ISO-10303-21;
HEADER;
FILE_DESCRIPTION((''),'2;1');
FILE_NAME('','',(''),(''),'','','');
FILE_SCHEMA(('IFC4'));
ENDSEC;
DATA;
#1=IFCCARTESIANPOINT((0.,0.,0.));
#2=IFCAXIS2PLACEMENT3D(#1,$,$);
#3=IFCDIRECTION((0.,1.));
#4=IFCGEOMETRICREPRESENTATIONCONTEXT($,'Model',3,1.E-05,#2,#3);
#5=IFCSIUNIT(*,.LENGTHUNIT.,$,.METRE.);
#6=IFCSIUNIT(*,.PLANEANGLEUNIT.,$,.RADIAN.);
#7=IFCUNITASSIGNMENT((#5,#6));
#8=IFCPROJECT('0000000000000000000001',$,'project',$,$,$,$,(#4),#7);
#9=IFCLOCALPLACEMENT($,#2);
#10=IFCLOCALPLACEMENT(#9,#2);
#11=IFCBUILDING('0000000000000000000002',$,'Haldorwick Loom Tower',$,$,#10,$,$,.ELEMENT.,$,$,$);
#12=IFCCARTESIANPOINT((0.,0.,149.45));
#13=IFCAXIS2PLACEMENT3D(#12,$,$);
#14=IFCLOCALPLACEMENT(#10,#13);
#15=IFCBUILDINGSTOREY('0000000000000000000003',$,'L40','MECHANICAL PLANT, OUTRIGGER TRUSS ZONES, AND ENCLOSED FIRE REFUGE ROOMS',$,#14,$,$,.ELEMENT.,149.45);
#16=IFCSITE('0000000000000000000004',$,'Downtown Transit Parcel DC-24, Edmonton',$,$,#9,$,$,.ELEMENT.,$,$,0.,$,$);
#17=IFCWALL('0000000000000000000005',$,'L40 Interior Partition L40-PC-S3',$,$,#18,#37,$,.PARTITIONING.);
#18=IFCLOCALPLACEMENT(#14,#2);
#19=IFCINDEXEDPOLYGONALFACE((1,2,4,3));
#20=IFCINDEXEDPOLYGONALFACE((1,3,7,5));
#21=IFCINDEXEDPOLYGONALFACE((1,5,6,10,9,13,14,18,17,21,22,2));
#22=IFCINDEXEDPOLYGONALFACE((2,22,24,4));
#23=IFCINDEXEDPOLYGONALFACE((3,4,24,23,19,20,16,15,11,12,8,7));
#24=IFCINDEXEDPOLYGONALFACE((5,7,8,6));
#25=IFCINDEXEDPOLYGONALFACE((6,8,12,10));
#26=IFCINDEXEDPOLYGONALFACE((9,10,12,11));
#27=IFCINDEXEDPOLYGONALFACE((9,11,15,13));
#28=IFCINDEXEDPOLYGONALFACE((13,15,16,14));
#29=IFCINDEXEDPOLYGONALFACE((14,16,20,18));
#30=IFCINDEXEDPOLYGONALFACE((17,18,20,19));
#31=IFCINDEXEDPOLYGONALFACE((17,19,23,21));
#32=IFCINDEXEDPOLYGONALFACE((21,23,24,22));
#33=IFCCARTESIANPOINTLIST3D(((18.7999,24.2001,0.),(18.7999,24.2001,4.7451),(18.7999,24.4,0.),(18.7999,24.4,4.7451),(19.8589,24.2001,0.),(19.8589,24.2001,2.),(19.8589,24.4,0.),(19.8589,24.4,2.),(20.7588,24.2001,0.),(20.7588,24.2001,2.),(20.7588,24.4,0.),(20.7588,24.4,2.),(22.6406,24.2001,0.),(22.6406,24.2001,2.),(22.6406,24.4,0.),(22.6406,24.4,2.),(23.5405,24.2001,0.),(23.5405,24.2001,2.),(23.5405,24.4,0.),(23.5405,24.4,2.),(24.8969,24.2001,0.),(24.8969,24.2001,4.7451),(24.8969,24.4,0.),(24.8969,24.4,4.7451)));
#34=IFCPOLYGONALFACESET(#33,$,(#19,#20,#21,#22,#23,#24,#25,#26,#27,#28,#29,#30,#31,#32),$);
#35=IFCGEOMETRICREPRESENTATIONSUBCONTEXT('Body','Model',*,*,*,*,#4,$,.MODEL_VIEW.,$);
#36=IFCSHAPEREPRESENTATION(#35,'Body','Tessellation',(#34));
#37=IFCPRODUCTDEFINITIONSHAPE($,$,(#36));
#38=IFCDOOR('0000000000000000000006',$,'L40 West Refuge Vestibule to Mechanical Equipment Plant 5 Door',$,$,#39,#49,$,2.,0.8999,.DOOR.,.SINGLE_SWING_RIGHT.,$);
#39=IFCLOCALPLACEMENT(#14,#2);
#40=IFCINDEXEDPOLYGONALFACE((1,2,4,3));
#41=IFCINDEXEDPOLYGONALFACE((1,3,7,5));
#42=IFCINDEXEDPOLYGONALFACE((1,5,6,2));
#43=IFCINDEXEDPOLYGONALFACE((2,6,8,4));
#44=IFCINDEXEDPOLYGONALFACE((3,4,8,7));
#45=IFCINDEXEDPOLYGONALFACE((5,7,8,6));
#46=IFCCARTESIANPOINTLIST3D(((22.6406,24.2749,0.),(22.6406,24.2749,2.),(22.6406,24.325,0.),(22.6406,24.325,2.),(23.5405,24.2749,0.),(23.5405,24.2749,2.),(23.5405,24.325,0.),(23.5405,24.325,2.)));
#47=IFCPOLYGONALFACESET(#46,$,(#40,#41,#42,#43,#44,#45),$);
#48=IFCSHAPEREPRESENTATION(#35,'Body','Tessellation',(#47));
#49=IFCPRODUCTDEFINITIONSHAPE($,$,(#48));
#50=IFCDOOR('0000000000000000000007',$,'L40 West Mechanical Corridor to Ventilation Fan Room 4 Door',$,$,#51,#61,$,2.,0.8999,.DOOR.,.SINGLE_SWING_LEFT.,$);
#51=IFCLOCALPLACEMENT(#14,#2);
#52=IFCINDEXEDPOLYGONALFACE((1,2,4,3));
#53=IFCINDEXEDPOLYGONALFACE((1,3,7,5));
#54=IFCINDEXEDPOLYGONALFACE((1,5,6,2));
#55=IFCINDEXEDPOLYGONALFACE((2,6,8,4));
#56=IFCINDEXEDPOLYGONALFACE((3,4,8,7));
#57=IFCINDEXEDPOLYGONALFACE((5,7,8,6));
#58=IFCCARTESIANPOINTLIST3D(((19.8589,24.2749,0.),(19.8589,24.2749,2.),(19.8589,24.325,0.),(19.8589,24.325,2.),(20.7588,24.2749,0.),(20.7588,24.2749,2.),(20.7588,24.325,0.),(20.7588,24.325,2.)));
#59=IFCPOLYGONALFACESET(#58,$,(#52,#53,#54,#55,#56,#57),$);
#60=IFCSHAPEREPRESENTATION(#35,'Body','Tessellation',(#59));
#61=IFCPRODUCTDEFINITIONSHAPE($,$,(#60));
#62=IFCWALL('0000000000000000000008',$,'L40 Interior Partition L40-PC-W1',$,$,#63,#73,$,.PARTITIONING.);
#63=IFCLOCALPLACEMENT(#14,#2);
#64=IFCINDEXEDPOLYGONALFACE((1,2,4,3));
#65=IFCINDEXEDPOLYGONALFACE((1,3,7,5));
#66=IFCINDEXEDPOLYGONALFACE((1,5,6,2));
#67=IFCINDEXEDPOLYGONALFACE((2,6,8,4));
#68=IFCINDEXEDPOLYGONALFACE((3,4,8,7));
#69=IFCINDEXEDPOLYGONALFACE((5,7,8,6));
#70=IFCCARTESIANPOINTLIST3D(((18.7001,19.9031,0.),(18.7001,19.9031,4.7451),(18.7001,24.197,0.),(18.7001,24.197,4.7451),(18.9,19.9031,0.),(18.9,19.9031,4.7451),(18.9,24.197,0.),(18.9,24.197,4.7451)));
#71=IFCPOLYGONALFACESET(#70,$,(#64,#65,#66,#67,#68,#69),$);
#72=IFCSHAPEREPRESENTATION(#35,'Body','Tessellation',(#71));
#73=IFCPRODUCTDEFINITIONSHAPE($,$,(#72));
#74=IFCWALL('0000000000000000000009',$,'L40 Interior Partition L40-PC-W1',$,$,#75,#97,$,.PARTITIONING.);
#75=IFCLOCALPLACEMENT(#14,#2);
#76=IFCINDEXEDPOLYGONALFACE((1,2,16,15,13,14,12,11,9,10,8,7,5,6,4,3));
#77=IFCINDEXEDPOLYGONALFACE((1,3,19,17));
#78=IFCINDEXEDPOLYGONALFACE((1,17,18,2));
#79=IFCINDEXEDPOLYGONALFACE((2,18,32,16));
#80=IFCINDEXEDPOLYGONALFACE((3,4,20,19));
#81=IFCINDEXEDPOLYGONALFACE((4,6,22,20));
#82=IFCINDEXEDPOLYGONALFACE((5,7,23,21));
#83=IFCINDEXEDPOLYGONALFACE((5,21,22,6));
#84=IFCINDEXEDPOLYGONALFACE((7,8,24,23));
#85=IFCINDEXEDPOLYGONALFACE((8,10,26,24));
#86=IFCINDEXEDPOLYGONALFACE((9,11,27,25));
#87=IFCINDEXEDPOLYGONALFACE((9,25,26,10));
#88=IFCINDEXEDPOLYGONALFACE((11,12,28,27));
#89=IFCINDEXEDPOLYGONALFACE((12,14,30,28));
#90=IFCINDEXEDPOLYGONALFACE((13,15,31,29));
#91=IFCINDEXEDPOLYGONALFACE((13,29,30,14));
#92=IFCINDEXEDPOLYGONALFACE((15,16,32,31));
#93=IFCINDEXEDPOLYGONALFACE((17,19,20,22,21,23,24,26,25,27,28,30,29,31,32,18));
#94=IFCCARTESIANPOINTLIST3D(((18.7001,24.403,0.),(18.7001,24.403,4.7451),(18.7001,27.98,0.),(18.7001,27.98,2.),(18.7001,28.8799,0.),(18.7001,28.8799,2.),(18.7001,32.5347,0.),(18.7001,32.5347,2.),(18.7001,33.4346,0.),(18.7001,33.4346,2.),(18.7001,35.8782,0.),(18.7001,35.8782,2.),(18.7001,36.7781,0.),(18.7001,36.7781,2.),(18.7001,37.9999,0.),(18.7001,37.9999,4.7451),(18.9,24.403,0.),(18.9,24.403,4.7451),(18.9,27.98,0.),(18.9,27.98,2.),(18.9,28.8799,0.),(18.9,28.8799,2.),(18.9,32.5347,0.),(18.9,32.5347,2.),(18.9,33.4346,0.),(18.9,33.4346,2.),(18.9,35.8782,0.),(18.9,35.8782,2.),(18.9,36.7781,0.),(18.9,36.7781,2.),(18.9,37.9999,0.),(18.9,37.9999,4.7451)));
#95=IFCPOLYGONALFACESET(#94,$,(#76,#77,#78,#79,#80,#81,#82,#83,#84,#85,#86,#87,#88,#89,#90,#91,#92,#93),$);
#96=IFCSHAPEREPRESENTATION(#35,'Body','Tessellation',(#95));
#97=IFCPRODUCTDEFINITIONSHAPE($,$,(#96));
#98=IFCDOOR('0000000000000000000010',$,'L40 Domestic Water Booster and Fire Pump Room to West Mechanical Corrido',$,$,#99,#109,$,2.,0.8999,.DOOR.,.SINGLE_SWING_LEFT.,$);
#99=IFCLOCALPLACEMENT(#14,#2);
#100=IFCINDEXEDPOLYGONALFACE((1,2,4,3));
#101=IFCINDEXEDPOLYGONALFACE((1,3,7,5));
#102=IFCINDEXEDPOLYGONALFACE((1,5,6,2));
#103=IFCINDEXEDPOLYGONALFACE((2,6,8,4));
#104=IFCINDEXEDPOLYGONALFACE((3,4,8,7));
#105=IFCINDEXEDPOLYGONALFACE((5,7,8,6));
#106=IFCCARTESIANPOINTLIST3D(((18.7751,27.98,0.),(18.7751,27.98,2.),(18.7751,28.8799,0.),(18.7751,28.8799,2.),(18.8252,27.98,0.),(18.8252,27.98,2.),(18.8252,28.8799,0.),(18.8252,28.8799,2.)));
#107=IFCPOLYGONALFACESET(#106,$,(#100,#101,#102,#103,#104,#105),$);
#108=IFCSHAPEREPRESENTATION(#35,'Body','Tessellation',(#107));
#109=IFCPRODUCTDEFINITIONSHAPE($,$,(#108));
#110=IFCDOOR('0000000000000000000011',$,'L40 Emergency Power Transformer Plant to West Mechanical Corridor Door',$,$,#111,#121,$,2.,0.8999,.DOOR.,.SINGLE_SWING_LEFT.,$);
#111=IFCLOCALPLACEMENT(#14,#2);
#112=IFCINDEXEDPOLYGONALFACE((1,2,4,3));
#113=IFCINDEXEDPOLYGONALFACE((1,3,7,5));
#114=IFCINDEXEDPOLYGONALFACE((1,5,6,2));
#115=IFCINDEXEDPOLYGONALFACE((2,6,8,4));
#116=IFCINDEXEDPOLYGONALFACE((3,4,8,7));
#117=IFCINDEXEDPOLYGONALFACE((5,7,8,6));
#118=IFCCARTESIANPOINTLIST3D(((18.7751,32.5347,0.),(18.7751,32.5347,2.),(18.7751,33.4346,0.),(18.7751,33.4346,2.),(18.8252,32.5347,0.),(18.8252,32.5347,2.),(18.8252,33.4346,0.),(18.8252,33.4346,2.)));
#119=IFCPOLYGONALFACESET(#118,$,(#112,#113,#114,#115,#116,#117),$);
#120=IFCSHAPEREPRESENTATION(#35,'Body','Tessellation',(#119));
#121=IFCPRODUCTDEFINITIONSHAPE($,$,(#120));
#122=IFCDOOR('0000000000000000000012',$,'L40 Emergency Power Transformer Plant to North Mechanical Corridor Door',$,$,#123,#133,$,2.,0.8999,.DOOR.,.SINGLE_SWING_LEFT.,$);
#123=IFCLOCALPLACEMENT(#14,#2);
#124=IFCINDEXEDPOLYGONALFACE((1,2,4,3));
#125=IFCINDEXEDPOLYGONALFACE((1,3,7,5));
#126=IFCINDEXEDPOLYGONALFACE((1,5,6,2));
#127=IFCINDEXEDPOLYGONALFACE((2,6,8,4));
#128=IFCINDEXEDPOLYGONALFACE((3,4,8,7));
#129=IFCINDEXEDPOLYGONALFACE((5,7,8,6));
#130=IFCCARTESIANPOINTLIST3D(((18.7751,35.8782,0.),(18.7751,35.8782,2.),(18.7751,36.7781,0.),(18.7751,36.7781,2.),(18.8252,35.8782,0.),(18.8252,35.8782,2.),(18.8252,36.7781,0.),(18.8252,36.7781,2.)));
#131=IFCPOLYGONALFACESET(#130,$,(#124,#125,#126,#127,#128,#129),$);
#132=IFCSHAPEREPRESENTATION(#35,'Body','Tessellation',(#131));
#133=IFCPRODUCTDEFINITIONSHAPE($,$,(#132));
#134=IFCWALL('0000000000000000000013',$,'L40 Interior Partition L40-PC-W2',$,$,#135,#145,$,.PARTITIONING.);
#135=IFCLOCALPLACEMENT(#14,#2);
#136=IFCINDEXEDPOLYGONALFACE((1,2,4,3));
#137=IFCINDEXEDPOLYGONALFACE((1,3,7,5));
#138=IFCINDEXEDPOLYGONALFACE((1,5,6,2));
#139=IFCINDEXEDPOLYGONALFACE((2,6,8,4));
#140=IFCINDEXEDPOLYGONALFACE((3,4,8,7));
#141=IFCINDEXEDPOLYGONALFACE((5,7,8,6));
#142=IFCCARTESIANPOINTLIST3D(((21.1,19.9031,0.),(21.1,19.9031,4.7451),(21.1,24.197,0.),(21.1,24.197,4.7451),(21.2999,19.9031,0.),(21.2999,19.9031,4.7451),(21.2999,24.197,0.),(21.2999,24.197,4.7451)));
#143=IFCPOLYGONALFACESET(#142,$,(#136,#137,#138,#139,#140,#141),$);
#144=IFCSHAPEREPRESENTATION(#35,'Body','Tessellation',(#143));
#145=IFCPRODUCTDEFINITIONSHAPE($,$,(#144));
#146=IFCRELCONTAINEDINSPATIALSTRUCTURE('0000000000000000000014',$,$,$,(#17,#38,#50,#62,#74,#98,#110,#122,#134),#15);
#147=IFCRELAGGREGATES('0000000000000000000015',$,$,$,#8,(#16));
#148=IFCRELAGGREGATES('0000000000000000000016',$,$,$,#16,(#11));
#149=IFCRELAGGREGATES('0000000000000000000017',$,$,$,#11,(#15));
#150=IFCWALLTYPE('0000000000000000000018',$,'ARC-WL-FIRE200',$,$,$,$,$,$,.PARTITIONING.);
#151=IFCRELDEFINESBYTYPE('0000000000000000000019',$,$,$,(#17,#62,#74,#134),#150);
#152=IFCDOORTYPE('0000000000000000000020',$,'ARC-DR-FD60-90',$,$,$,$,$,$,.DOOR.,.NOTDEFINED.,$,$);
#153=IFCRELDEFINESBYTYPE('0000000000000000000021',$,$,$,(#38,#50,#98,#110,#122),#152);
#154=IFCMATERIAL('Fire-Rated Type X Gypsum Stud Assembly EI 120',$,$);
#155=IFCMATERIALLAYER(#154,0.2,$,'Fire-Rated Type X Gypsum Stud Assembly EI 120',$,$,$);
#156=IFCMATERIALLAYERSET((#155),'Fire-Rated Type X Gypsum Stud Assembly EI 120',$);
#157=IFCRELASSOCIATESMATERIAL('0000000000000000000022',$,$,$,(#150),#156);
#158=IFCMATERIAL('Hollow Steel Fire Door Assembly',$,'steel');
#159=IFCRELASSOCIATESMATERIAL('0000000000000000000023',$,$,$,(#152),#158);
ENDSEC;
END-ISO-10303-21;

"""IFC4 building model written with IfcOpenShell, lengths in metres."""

from ifc_helpers import new_model, si_unit, direction, frame, frame_2d, origin, place, context, subcontext, project, spatial, rectangle, extrude, material, layer, layer_set, type_object, element, fill, save


model = new_model("IFC4")

# Units and contexts
model_context = context("Model", 3, precision=1e-05, world=origin(), true_north=direction((0.0, 1.0)))
body_context = subcontext(model_context, "Body", "Model", "MODEL_VIEW")
ifc_project = project(units=[si_unit("LENGTHUNIT", "METRE"), si_unit("PLANEANGLEUNIT", "RADIAN")], contexts=[model_context])

# Site, building, storey
site_placement = place(None, origin())
site = spatial("IfcSite", under=ifc_project, at=site_placement, Name="Downtown Transit Parcel DC-24, Edmonton", CompositionType="ELEMENT", RefElevation=0.0)
building_placement = place(site_placement, origin())
building = spatial("IfcBuilding", under=site, at=building_placement, Name="Haldorwick Loom Tower", CompositionType="ELEMENT")
storey_placement = place(building_placement, frame((0.0, 0.0, 149.45)))
storey = spatial("IfcBuildingStorey", under=building, at=storey_placement, Name="L40", Description="MECHANICAL PLANT, OUTRIGGER TRUSS ZONES, AND ENCLOSED FIRE REFUGE ROOMS", CompositionType="ELEMENT", Elevation=149.45)

# Wall, openings, doors
ifc_material_1 = material(Name="Fire-Rated Type X Gypsum Stud Assembly EI 120")
ifc_layer_1 = layer(ifc_material_1, 0.2, Name="Fire-Rated Type X Gypsum Stud Assembly EI 120")
ifc_layer_set_1 = layer_set([ifc_layer_1], Name="Fire-Rated Type X Gypsum Stud Assembly EI 120")
wall_type_1 = type_object("IfcWallType", Name="ARC-WL-FIRE200", PredefinedType="PARTITIONING", material=ifc_layer_set_1)
wall_1_placement = place(storey_placement, frame((18.8, 24.3, 0.0), z_axis=(0.0, 0.0, 1.0), x_axis=(1.0, 0.0, 0.0)))
wall_1 = element("IfcWall", 1, at=wall_1_placement, inside=storey, type_object=wall_type_1, Name="L40 Interior Partition L40-PC-S3", PredefinedType="PARTITIONING", context=body_context, shape_type="SweptSolid", body=[
    extrude(rectangle(XDim=6.0969, YDim=0.2, at=frame_2d((3.0483, 0.0))), origin(), (0.0, 0.0, 1.0), 4.7451),
])
opening_1_placement = place(wall_1_placement, frame((3.8406, 0.0, 0.0)))
opening_1 = element("IfcOpeningElement", 2, at=opening_1_placement, cuts=wall_1, PredefinedType="OPENING", context=body_context, shape_type="SweptSolid", body=[
    extrude(rectangle(XDim=0.8999, YDim=2.0, at=frame_2d((0.45, 1.0))), frame((0.0, 0.1099, 0.0), z_axis=(0.0, -1.0, 0.0), x_axis=(1.0, 0.0, 0.0)), (0.0, 0.0, 1.0), 0.22),
])
opening_2_placement = place(wall_1_placement, frame((1.0588, 0.0, 0.0)))
opening_2 = element("IfcOpeningElement", 3, at=opening_2_placement, cuts=wall_1, PredefinedType="OPENING", context=body_context, shape_type="SweptSolid", body=[
    extrude(rectangle(XDim=0.8999, YDim=2.0, at=frame_2d((0.45, 1.0))), frame((0.0, 0.1099, 0.0), z_axis=(0.0, -1.0, 0.0), x_axis=(1.0, 0.0, 0.0)), (0.0, 0.0, 1.0), 0.22),
])
ifc_material_2 = material(Name="Hollow Steel Fire Door Assembly", Category="steel")
door_type_1 = type_object("IfcDoorType", Name="ARC-DR-FD60-90", OperationType="NOTDEFINED", PredefinedType="DOOR", material=ifc_material_2)
door_1_placement = place(opening_1_placement, origin())
door_1 = element("IfcDoor", 4, at=door_1_placement, inside=storey, type_object=door_type_1, Name="L40 West Refuge Vestibule to Mechanical Equipment Plant 5 Door", OperationType="SINGLE_SWING_RIGHT", OverallHeight=2.0, OverallWidth=0.8999, PredefinedType="DOOR", context=body_context, shape_type="SweptSolid", body=[
    extrude(rectangle(XDim=0.8999, YDim=2.0, at=frame_2d((0.45, 1.0))), frame((0.0, 0.0249, 0.0), z_axis=(0.0, -1.0, 0.0), x_axis=(1.0, 0.0, 0.0)), (0.0, 0.0, 1.0), 0.05),
])
fill(opening_1, door_1)
door_2_placement = place(opening_2_placement, origin())
door_2 = element("IfcDoor", 5, at=door_2_placement, inside=storey, type_object=door_type_1, Name="L40 West Mechanical Corridor to Ventilation Fan Room 4 Door", OperationType="SINGLE_SWING_LEFT", OverallHeight=2.0, OverallWidth=0.8999, PredefinedType="DOOR", context=body_context, shape_type="SweptSolid", body=[
    extrude(rectangle(XDim=0.8999, YDim=2.0, at=frame_2d((0.45, 1.0))), frame((0.0, 0.0249, 0.0), z_axis=(0.0, -1.0, 0.0), x_axis=(1.0, 0.0, 0.0)), (0.0, 0.0, 1.0), 0.05),
])
fill(opening_2, door_2)

# Wall
wall_2_placement = place(storey_placement, frame((18.8, 19.9031, 0.0), z_axis=(0.0, 0.0, 1.0), x_axis=(0.0, 1.0, 0.0)))
element("IfcWall", 6, at=wall_2_placement, inside=storey, type_object=wall_type_1, Name="L40 Interior Partition L40-PC-W1", PredefinedType="PARTITIONING", context=body_context, shape_type="SweptSolid", body=[
    extrude(rectangle(XDim=4.2939, YDim=0.2, at=frame_2d((2.147, 0.0))), origin(), (0.0, 0.0, 1.0), 4.7451),
])

# Wall, openings, doors
wall_3_placement = place(storey_placement, frame((18.8, 24.4031, 0.0), z_axis=(0.0, 0.0, 1.0), x_axis=(0.0, 1.0, 0.0)))
wall_3 = element("IfcWall", 7, at=wall_3_placement, inside=storey, type_object=wall_type_1, Name="L40 Interior Partition L40-PC-W1", PredefinedType="PARTITIONING", context=body_context, shape_type="SweptSolid", body=[
    extrude(rectangle(XDim=13.5969, YDim=0.2, at=frame_2d((6.7983, 0.0))), origin(), (0.0, 0.0, 1.0), 4.7451),
])
opening_3_placement = place(wall_3_placement, frame((3.5769, 0.0, 0.0)))
opening_3 = element("IfcOpeningElement", 8, at=opening_3_placement, cuts=wall_3, PredefinedType="OPENING", context=body_context, shape_type="SweptSolid", body=[
    extrude(rectangle(XDim=0.8999, YDim=2.0, at=frame_2d((0.45, 1.0))), frame((0.0, 0.1099, 0.0), z_axis=(0.0, -1.0, 0.0), x_axis=(1.0, 0.0, 0.0)), (0.0, 0.0, 1.0), 0.22),
])
opening_4_placement = place(wall_3_placement, frame((8.1316, 0.0, 0.0)))
opening_4 = element("IfcOpeningElement", 9, at=opening_4_placement, cuts=wall_3, PredefinedType="OPENING", context=body_context, shape_type="SweptSolid", body=[
    extrude(rectangle(XDim=0.8999, YDim=2.0, at=frame_2d((0.45, 1.0))), frame((0.0, 0.1099, 0.0), z_axis=(0.0, -1.0, 0.0), x_axis=(1.0, 0.0, 0.0)), (0.0, 0.0, 1.0), 0.22),
])
opening_5_placement = place(wall_3_placement, frame((11.4751, 0.0, 0.0)))
opening_5 = element("IfcOpeningElement", 10, at=opening_5_placement, cuts=wall_3, PredefinedType="OPENING", context=body_context, shape_type="SweptSolid", body=[
    extrude(rectangle(XDim=0.8999, YDim=2.0, at=frame_2d((0.45, 1.0))), frame((0.0, 0.1099, 0.0), z_axis=(0.0, -1.0, 0.0), x_axis=(1.0, 0.0, 0.0)), (0.0, 0.0, 1.0), 0.22),
])
door_3_placement = place(opening_3_placement, origin())
door_3 = element("IfcDoor", 11, at=door_3_placement, inside=storey, type_object=door_type_1, Name="L40 Domestic Water Booster and Fire Pump Room to West Mechanical Corrido", OperationType="SINGLE_SWING_LEFT", OverallHeight=2.0, OverallWidth=0.8999, PredefinedType="DOOR", context=body_context, shape_type="SweptSolid", body=[
    extrude(rectangle(XDim=0.8999, YDim=2.0, at=frame_2d((0.45, 1.0))), frame((0.0, 0.0249, 0.0), z_axis=(0.0, -1.0, 0.0), x_axis=(1.0, 0.0, 0.0)), (0.0, 0.0, 1.0), 0.05),
])
fill(opening_3, door_3)
door_4_placement = place(opening_4_placement, origin())
door_4 = element("IfcDoor", 12, at=door_4_placement, inside=storey, type_object=door_type_1, Name="L40 Emergency Power Transformer Plant to West Mechanical Corridor Door", OperationType="SINGLE_SWING_LEFT", OverallHeight=2.0, OverallWidth=0.8999, PredefinedType="DOOR", context=body_context, shape_type="SweptSolid", body=[
    extrude(rectangle(XDim=0.8999, YDim=2.0, at=frame_2d((0.45, 1.0))), frame((0.0, 0.0249, 0.0), z_axis=(0.0, -1.0, 0.0), x_axis=(1.0, 0.0, 0.0)), (0.0, 0.0, 1.0), 0.05),
])
fill(opening_4, door_4)
door_5_placement = place(opening_5_placement, origin())
door_5 = element("IfcDoor", 13, at=door_5_placement, inside=storey, type_object=door_type_1, Name="L40 Emergency Power Transformer Plant to North Mechanical Corridor Door", OperationType="SINGLE_SWING_LEFT", OverallHeight=2.0, OverallWidth=0.8999, PredefinedType="DOOR", context=body_context, shape_type="SweptSolid", body=[
    extrude(rectangle(XDim=0.8999, YDim=2.0, at=frame_2d((0.45, 1.0))), frame((0.0, 0.0249, 0.0), z_axis=(0.0, -1.0, 0.0), x_axis=(1.0, 0.0, 0.0)), (0.0, 0.0, 1.0), 0.05),
])
fill(opening_5, door_5)

# Wall
wall_4_placement = place(storey_placement, frame((21.2, 19.9031, 0.0), z_axis=(0.0, 0.0, 1.0), x_axis=(0.0, 1.0, 0.0)))
element("IfcWall", 14, at=wall_4_placement, inside=storey, type_object=wall_type_1, Name="L40 Interior Partition L40-PC-W2", PredefinedType="PARTITIONING", context=body_context, shape_type="SweptSolid", body=[
    extrude(rectangle(XDim=4.2939, YDim=0.2, at=frame_2d((2.147, 0.0))), origin(), (0.0, 0.0, 1.0), 4.7451),
])

save(model, "model.ifc")
